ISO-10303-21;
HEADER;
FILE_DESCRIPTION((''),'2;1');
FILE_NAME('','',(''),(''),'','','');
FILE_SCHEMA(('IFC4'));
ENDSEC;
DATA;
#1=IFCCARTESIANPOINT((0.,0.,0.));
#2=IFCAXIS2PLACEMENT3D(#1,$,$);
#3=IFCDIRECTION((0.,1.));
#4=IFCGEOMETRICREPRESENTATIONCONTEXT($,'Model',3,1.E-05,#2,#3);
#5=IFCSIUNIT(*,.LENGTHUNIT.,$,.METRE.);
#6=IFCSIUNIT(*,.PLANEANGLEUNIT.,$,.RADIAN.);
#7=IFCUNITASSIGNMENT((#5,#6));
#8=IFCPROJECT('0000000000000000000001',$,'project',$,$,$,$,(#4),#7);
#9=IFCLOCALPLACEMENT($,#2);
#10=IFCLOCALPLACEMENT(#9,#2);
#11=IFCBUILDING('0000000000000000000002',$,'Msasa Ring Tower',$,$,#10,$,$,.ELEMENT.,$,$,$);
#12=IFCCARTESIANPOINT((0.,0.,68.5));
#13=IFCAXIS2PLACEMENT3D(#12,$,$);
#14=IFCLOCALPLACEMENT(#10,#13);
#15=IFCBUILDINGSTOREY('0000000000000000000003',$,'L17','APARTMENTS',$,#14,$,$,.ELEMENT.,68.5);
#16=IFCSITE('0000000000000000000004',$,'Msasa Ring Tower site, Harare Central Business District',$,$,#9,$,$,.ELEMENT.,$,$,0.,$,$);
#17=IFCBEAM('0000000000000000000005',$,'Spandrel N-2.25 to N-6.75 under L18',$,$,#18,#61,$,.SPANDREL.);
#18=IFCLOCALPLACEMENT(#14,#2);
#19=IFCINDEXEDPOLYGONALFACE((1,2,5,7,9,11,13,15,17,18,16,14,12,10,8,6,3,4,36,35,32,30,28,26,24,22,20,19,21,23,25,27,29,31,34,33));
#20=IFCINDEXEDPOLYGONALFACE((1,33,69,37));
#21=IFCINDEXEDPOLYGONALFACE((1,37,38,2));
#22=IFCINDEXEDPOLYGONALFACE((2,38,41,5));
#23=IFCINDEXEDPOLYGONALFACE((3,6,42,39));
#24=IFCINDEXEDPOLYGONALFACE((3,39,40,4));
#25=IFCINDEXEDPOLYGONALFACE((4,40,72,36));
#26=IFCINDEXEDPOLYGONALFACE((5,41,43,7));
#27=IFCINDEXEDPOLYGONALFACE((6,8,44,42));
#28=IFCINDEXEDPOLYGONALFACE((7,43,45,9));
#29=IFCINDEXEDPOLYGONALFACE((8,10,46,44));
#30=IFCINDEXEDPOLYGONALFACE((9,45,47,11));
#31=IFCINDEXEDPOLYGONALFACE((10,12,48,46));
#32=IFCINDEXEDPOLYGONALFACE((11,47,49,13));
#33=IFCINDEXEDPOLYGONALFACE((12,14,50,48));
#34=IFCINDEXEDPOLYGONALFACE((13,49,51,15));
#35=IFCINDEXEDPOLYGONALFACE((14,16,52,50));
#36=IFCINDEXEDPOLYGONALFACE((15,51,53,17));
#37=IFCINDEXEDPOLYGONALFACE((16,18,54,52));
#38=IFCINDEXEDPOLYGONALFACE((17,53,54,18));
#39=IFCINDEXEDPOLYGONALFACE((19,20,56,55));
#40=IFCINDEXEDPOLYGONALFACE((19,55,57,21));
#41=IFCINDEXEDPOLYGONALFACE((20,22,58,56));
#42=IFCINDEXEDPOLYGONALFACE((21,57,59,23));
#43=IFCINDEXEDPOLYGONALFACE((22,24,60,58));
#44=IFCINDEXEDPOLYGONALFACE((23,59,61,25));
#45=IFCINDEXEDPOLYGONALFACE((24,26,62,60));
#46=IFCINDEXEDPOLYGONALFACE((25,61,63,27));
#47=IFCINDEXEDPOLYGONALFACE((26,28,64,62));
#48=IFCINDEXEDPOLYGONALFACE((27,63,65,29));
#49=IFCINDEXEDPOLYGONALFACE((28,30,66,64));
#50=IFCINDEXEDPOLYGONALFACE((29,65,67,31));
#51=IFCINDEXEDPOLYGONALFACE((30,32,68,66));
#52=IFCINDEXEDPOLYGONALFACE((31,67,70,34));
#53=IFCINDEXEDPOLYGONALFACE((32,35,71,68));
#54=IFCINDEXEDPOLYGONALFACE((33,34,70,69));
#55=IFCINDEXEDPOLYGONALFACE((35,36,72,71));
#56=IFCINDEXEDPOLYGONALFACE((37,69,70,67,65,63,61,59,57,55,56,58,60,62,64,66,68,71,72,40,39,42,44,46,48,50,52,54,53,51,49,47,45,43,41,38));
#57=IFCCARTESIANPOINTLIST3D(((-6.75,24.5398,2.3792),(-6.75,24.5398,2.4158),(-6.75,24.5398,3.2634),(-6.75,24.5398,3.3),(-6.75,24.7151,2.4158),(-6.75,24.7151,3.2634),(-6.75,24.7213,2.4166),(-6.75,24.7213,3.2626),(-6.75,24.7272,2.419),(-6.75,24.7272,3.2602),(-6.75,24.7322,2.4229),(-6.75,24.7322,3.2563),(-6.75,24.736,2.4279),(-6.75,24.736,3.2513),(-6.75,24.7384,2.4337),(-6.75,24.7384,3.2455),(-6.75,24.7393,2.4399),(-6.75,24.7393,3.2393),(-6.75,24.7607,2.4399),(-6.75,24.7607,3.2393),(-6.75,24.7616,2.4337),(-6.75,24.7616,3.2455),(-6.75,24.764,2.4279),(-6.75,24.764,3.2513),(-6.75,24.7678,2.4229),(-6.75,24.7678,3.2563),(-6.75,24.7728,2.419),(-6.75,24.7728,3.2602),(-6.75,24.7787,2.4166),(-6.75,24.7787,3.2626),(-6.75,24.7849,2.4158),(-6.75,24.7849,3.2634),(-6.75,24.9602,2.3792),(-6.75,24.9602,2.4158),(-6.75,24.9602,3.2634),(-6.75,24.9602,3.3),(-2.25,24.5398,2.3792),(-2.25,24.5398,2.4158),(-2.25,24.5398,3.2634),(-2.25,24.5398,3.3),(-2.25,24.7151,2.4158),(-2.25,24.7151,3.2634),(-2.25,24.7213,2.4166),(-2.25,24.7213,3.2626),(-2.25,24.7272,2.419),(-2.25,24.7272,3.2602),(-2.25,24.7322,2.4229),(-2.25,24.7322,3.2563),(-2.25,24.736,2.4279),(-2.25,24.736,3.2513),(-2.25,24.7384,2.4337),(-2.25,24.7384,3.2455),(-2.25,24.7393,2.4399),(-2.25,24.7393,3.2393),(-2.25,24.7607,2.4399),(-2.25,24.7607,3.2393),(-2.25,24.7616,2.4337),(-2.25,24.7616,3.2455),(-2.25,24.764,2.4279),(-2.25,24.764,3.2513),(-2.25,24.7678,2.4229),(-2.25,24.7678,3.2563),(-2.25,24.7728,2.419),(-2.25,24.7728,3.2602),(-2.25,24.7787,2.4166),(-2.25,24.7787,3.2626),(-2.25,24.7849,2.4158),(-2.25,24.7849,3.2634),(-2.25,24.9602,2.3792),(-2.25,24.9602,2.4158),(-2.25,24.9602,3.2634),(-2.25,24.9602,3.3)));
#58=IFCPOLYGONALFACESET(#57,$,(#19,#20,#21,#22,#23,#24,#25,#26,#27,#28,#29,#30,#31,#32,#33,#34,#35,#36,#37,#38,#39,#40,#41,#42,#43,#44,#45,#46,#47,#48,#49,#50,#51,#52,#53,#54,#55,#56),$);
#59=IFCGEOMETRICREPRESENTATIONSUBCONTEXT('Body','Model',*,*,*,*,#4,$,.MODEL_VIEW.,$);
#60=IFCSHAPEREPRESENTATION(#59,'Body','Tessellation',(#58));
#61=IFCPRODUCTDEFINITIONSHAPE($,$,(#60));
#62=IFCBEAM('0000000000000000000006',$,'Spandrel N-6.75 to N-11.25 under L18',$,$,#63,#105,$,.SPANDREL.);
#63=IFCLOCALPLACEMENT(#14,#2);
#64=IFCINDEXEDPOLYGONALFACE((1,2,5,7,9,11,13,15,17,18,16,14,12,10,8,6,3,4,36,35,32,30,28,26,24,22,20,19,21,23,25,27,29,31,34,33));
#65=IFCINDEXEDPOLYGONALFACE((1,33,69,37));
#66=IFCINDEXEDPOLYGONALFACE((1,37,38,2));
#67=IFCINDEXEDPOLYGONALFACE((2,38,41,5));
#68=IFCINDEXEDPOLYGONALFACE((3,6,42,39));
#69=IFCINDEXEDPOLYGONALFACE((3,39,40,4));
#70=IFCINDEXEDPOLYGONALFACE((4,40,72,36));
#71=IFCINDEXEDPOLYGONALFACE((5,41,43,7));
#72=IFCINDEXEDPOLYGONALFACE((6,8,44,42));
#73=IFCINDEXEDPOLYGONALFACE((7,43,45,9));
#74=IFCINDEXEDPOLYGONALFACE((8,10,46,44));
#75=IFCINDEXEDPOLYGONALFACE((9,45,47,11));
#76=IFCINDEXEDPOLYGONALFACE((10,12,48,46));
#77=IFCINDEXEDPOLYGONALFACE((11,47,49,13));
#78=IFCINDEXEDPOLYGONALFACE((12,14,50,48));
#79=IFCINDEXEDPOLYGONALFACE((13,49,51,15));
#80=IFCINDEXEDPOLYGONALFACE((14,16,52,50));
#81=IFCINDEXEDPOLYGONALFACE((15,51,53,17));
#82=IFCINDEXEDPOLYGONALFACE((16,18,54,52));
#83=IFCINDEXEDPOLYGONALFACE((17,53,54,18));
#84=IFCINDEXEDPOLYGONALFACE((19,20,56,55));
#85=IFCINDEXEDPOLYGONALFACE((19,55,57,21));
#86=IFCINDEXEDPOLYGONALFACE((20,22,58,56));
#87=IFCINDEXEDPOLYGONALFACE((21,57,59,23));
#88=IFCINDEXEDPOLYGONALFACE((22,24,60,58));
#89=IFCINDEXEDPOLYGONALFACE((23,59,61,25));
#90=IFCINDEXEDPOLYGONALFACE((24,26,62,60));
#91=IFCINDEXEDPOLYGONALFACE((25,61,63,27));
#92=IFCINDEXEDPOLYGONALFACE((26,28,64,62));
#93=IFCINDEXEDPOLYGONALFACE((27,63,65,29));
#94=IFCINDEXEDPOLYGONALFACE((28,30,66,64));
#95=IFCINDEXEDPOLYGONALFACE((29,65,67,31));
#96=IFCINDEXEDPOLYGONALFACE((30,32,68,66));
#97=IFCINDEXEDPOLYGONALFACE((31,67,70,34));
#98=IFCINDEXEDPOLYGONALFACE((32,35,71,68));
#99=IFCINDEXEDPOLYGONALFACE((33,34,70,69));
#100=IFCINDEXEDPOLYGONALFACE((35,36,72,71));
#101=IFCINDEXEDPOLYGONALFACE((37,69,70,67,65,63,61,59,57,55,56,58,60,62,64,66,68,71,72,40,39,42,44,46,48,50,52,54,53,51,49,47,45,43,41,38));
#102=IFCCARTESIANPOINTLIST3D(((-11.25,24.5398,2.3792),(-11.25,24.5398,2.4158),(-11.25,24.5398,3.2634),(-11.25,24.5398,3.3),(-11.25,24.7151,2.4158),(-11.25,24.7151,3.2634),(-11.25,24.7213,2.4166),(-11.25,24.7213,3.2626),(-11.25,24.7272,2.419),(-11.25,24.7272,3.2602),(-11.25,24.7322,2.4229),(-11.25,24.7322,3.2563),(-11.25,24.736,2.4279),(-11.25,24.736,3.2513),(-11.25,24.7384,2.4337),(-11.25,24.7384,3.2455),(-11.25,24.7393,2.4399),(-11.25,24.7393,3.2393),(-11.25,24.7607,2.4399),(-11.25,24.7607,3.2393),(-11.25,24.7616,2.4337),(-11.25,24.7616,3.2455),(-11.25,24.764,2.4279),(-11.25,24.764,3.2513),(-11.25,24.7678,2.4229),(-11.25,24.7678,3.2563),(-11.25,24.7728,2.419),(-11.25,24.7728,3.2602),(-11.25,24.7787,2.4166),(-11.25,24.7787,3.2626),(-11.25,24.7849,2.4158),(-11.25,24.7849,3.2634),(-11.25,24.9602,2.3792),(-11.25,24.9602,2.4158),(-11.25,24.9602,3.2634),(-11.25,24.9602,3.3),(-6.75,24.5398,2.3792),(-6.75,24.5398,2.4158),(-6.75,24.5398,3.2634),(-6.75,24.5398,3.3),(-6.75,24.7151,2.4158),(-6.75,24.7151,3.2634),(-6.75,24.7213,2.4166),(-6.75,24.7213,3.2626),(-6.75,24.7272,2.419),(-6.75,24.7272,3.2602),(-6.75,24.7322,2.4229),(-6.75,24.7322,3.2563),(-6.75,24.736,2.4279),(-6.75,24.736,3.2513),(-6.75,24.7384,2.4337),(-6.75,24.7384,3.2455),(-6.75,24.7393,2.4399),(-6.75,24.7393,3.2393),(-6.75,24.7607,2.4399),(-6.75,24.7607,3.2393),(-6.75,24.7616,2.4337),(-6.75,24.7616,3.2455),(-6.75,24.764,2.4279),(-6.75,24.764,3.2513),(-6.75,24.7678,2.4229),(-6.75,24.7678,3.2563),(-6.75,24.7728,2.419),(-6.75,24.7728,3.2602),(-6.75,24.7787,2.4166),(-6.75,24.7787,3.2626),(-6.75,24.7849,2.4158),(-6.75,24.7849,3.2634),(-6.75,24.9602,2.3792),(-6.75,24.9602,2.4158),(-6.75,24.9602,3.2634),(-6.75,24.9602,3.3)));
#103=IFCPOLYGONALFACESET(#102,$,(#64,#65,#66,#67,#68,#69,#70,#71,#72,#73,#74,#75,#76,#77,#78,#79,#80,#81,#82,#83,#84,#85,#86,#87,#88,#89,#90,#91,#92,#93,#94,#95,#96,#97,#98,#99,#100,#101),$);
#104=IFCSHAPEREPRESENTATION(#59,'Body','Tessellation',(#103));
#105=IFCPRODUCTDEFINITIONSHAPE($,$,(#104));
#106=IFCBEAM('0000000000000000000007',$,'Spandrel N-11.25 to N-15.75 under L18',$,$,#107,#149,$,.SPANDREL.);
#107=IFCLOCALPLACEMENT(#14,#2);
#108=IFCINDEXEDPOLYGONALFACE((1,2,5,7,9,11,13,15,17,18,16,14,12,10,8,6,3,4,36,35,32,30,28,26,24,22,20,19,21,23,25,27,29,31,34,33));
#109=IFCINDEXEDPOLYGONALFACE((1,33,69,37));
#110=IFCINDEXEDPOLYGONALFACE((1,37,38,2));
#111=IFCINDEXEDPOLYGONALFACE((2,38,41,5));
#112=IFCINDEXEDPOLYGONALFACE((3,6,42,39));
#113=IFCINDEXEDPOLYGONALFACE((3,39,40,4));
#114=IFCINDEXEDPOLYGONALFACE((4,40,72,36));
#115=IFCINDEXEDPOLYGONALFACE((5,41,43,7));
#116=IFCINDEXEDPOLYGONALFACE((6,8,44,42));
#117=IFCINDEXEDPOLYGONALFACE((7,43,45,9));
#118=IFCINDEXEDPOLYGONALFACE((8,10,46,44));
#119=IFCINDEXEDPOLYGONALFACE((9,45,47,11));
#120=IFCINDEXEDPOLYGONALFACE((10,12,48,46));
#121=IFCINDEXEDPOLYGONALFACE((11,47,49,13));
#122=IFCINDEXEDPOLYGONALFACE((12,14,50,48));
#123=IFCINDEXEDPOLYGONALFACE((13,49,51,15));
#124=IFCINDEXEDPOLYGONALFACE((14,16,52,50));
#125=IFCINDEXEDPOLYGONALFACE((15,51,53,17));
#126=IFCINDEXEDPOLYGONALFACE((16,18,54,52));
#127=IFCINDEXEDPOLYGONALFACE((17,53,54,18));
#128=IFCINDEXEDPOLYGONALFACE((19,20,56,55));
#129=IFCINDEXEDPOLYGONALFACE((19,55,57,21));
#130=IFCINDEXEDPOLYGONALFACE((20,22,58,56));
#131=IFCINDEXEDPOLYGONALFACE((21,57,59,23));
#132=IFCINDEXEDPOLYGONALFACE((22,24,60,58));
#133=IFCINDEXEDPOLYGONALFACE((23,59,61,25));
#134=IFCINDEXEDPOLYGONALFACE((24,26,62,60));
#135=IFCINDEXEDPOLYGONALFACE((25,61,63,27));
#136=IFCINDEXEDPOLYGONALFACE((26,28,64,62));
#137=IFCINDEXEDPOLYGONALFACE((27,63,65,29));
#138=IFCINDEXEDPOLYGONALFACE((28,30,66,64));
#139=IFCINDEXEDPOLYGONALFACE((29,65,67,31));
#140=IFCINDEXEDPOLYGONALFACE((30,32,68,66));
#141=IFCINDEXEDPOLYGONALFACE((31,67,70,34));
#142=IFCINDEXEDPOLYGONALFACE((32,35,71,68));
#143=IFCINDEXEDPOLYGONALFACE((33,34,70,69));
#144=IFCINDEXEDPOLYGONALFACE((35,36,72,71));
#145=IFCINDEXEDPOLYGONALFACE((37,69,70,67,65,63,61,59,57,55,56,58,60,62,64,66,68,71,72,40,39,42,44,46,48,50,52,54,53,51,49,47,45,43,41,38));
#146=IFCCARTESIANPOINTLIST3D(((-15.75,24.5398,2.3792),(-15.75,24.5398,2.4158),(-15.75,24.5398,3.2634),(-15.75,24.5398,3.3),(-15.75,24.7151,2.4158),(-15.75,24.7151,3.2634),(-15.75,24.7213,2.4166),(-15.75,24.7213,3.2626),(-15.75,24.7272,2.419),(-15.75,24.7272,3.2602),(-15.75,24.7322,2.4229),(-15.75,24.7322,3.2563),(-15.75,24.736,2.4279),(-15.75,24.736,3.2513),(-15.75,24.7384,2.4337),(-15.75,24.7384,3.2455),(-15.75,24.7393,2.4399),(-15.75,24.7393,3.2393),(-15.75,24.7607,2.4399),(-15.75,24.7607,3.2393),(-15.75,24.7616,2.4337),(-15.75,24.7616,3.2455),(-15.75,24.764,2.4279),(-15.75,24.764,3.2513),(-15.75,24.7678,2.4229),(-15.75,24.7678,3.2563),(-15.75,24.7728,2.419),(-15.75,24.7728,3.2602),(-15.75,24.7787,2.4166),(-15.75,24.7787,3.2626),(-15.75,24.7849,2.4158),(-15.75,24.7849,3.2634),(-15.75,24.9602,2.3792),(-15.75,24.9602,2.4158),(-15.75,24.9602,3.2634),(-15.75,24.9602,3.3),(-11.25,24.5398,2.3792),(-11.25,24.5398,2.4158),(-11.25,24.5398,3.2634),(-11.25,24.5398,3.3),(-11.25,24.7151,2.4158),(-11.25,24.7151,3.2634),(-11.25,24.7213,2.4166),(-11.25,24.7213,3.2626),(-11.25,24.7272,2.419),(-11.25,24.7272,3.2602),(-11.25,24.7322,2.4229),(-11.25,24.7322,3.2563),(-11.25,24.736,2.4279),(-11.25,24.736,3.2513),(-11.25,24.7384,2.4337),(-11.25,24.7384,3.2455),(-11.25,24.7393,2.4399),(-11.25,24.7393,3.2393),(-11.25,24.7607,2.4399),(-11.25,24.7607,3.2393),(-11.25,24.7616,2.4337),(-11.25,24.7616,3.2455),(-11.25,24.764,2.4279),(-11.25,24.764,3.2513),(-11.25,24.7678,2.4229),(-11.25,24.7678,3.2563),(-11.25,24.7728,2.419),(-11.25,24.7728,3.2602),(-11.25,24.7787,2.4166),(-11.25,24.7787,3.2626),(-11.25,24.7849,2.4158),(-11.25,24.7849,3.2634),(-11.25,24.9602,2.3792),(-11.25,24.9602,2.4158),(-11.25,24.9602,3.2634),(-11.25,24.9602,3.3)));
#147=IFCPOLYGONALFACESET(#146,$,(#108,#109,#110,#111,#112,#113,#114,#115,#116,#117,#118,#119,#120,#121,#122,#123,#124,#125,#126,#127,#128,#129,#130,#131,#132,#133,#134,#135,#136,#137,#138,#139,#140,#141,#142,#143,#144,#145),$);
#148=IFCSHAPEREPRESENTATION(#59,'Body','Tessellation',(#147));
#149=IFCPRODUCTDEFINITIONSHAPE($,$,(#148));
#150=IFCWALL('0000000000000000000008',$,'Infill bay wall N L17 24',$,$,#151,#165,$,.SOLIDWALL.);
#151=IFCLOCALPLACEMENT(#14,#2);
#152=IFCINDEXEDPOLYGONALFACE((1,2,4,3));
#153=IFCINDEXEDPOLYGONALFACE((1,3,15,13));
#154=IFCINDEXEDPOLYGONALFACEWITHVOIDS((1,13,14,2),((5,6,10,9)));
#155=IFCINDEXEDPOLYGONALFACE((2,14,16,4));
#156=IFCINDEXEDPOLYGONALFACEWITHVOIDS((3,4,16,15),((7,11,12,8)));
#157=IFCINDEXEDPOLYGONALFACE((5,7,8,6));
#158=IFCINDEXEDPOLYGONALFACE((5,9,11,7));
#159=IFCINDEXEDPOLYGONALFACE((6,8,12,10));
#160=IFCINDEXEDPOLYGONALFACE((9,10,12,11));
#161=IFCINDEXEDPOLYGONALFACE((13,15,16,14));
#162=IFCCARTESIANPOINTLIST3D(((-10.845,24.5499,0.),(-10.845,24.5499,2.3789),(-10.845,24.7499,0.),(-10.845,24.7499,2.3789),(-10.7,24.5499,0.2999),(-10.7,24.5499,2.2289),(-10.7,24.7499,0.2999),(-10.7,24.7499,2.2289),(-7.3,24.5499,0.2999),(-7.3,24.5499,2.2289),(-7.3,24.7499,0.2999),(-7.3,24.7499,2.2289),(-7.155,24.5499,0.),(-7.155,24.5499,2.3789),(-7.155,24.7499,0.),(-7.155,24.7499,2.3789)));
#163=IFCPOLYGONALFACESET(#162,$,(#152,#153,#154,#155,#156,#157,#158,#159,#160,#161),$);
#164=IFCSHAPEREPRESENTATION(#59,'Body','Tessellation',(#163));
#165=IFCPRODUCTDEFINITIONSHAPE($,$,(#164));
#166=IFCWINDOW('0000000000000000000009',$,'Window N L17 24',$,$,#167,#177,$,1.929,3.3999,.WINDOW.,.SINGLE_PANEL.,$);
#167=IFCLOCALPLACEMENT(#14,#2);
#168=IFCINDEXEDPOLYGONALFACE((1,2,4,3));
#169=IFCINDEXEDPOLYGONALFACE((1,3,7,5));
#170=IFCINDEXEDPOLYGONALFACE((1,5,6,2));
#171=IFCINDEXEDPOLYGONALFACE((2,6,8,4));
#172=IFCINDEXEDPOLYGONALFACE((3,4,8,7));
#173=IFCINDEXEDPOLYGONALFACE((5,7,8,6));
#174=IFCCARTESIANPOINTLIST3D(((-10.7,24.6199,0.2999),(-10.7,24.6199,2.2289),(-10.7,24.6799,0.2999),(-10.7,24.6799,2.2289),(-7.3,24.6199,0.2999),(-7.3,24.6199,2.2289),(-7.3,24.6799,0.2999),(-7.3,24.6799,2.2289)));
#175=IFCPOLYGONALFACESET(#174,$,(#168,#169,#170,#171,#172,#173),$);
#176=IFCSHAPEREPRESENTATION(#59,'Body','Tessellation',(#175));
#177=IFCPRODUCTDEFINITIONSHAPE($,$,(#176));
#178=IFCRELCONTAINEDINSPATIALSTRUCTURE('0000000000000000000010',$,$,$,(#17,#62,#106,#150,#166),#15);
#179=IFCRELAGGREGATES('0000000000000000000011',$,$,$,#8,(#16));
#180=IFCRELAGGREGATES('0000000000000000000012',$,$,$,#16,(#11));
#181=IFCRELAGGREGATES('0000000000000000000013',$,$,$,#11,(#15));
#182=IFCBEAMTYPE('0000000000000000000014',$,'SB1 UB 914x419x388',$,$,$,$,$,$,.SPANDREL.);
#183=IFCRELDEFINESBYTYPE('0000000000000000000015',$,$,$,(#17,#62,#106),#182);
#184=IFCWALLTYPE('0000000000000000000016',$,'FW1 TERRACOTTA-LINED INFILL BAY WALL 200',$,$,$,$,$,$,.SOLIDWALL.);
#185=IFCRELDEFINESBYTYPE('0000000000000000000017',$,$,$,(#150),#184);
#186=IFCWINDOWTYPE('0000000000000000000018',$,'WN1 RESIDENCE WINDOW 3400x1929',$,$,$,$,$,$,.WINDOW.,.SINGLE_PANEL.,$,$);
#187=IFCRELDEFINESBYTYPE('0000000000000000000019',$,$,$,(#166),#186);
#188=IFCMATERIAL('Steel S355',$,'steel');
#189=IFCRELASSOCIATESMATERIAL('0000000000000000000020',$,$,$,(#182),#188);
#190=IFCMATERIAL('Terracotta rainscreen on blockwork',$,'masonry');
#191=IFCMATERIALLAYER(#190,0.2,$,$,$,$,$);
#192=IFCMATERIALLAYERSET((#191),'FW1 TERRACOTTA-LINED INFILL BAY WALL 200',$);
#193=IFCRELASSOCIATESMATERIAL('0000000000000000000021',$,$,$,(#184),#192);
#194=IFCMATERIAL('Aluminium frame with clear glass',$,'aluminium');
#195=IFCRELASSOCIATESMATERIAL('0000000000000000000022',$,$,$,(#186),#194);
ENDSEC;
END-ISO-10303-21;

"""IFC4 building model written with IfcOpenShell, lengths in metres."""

from ifc_helpers import new_model, si_unit, direction, frame, frame_2d, origin, origin_2d, place, context, subcontext, project, spatial, rectangle, i_section, extrude, material, layer, layer_set, material_profile, profile_set, type_object, element, fill, save


model = new_model("IFC4")

# Units and contexts
model_context = context("Model", 3, precision=1e-05, world=origin(), true_north=direction((0.0, 1.0)))
body_context = subcontext(model_context, "Body", "Model", "MODEL_VIEW")
ifc_project = project(units=[si_unit("LENGTHUNIT", "METRE"), si_unit("PLANEANGLEUNIT", "RADIAN")], contexts=[model_context])

# Site, building, storey
site_placement = place(None, origin())
site = spatial("IfcSite", under=ifc_project, at=site_placement, Name="Msasa Ring Tower site, Harare Central Business District", CompositionType="ELEMENT", RefElevation=0.0)
building_placement = place(site_placement, origin())
building = spatial("IfcBuilding", under=site, at=building_placement, Name="Msasa Ring Tower", CompositionType="ELEMENT")
storey_placement = place(building_placement, frame((0.0, 0.0, 68.5)))
storey = spatial("IfcBuildingStorey", under=building, at=storey_placement, Name="L17", Description="APARTMENTS", CompositionType="ELEMENT", Elevation=68.5)

# Beams
ifc_material_1 = material(Name="Steel S355", Category="steel")
ifc_material_profile_1 = material_profile(ifc_material_1, i_section(OverallWidth=0.4204, OverallDepth=0.9209, WebThickness=0.0215, FlangeThickness=0.0366, FilletRadius=0.0242, at=origin_2d()), Name="UB 914x419x388")
ifc_profile_set_1 = profile_set([ifc_material_profile_1], Name="Steel S355")
beam_type_1 = type_object("IfcBeamType", Name="SB1 UB 914x419x388", PredefinedType="SPANDREL", material=ifc_profile_set_1)
for number, where, z_axis, x_axis, name in (
    (1, (-2.25, 24.75, 2.8396), (-1.0, 0.0, 0.0), (0.0, -1.0, 0.0), "Spandrel N-2.25 to N-6.75 under L18"),
    (2, (-6.75, 24.75, 2.8396), (-1.0, 0.0, 0.0), (0.0, -1.0, 0.0), "Spandrel N-6.75 to N-11.25 under L18"),
    (3, (-11.25, 24.75, 2.8396), (-1.0, 0.0, 0.0), (0.0, -1.0, 0.0), "Spandrel N-11.25 to N-15.75 under L18"),
):
    element("IfcBeam", number, at=place(storey_placement, frame(where, z_axis=z_axis, x_axis=x_axis)), inside=storey, type_object=beam_type_1, Name=name, PredefinedType="SPANDREL", context=body_context, shape_type="SweptSolid", body=[
        extrude(i_section(OverallWidth=0.4204, OverallDepth=0.9209, WebThickness=0.0215, FlangeThickness=0.0366, FilletRadius=0.0242, at=origin_2d()), origin(), (0.0, 0.0, 1.0), 4.5),
    ])

# Wall, opening, window
ifc_material_2 = material(Name="Terracotta rainscreen on blockwork", Category="masonry")
ifc_layer_1 = layer(ifc_material_2, 0.2)
ifc_layer_set_1 = layer_set([ifc_layer_1], Name="FW1 TERRACOTTA-LINED INFILL BAY WALL 200")
wall_type_1 = type_object("IfcWallType", Name="FW1 TERRACOTTA-LINED INFILL BAY WALL 200", PredefinedType="SOLIDWALL", material=ifc_layer_set_1)
wall_1_placement = place(storey_placement, frame((-10.845, 24.6499, 0.0), z_axis=(0.0, 0.0, 1.0), x_axis=(1.0, 0.0, 0.0)))
wall_1 = element("IfcWall", 4, at=wall_1_placement, inside=storey, type_object=wall_type_1, Name="Infill bay wall N L17 24", PredefinedType="SOLIDWALL", context=body_context, shape_type="SweptSolid", body=[
    extrude(rectangle(XDim=3.6899, YDim=0.2, at=frame_2d((1.845, 0.0))), origin(), (0.0, 0.0, 1.0), 2.3789),
])
opening_1_placement = place(wall_1_placement, frame((0.145, 0.0, 0.3)))
opening_1 = element("IfcOpeningElement", 5, at=opening_1_placement, cuts=wall_1, PredefinedType="OPENING", context=body_context, shape_type="SweptSolid", body=[
    extrude(rectangle(XDim=3.3999, YDim=1.929, at=frame_2d((1.7, 0.9644))), frame((0.0, 0.1099, 0.0), z_axis=(0.0, -1.0, 0.0), x_axis=(1.0, 0.0, 0.0)), (0.0, 0.0, 1.0), 0.22),
])
ifc_material_3 = material(Name="Aluminium frame with clear glass", Category="aluminium")
window_type = type_object("IfcWindowType", Name="WN1 RESIDENCE WINDOW 3400x1929", PartitioningType="SINGLE_PANEL", PredefinedType="WINDOW", material=ifc_material_3)
window_1_placement = place(opening_1_placement, origin())
window_1 = element("IfcWindow", 6, at=window_1_placement, inside=storey, type_object=window_type, Name="Window N L17 24", OverallHeight=1.929, OverallWidth=3.3999, PartitioningType="SINGLE_PANEL", PredefinedType="WINDOW", context=body_context, shape_type="SweptSolid", body=[
    extrude(rectangle(XDim=3.3999, YDim=1.929, at=frame_2d((1.7, 0.9644))), frame((0.0, 0.03, 0.0), z_axis=(0.0, -1.0, 0.0), x_axis=(1.0, 0.0, 0.0)), (0.0, 0.0, 1.0), 0.0601),
])
fill(opening_1, window_1)

save(model, "model.ifc")
